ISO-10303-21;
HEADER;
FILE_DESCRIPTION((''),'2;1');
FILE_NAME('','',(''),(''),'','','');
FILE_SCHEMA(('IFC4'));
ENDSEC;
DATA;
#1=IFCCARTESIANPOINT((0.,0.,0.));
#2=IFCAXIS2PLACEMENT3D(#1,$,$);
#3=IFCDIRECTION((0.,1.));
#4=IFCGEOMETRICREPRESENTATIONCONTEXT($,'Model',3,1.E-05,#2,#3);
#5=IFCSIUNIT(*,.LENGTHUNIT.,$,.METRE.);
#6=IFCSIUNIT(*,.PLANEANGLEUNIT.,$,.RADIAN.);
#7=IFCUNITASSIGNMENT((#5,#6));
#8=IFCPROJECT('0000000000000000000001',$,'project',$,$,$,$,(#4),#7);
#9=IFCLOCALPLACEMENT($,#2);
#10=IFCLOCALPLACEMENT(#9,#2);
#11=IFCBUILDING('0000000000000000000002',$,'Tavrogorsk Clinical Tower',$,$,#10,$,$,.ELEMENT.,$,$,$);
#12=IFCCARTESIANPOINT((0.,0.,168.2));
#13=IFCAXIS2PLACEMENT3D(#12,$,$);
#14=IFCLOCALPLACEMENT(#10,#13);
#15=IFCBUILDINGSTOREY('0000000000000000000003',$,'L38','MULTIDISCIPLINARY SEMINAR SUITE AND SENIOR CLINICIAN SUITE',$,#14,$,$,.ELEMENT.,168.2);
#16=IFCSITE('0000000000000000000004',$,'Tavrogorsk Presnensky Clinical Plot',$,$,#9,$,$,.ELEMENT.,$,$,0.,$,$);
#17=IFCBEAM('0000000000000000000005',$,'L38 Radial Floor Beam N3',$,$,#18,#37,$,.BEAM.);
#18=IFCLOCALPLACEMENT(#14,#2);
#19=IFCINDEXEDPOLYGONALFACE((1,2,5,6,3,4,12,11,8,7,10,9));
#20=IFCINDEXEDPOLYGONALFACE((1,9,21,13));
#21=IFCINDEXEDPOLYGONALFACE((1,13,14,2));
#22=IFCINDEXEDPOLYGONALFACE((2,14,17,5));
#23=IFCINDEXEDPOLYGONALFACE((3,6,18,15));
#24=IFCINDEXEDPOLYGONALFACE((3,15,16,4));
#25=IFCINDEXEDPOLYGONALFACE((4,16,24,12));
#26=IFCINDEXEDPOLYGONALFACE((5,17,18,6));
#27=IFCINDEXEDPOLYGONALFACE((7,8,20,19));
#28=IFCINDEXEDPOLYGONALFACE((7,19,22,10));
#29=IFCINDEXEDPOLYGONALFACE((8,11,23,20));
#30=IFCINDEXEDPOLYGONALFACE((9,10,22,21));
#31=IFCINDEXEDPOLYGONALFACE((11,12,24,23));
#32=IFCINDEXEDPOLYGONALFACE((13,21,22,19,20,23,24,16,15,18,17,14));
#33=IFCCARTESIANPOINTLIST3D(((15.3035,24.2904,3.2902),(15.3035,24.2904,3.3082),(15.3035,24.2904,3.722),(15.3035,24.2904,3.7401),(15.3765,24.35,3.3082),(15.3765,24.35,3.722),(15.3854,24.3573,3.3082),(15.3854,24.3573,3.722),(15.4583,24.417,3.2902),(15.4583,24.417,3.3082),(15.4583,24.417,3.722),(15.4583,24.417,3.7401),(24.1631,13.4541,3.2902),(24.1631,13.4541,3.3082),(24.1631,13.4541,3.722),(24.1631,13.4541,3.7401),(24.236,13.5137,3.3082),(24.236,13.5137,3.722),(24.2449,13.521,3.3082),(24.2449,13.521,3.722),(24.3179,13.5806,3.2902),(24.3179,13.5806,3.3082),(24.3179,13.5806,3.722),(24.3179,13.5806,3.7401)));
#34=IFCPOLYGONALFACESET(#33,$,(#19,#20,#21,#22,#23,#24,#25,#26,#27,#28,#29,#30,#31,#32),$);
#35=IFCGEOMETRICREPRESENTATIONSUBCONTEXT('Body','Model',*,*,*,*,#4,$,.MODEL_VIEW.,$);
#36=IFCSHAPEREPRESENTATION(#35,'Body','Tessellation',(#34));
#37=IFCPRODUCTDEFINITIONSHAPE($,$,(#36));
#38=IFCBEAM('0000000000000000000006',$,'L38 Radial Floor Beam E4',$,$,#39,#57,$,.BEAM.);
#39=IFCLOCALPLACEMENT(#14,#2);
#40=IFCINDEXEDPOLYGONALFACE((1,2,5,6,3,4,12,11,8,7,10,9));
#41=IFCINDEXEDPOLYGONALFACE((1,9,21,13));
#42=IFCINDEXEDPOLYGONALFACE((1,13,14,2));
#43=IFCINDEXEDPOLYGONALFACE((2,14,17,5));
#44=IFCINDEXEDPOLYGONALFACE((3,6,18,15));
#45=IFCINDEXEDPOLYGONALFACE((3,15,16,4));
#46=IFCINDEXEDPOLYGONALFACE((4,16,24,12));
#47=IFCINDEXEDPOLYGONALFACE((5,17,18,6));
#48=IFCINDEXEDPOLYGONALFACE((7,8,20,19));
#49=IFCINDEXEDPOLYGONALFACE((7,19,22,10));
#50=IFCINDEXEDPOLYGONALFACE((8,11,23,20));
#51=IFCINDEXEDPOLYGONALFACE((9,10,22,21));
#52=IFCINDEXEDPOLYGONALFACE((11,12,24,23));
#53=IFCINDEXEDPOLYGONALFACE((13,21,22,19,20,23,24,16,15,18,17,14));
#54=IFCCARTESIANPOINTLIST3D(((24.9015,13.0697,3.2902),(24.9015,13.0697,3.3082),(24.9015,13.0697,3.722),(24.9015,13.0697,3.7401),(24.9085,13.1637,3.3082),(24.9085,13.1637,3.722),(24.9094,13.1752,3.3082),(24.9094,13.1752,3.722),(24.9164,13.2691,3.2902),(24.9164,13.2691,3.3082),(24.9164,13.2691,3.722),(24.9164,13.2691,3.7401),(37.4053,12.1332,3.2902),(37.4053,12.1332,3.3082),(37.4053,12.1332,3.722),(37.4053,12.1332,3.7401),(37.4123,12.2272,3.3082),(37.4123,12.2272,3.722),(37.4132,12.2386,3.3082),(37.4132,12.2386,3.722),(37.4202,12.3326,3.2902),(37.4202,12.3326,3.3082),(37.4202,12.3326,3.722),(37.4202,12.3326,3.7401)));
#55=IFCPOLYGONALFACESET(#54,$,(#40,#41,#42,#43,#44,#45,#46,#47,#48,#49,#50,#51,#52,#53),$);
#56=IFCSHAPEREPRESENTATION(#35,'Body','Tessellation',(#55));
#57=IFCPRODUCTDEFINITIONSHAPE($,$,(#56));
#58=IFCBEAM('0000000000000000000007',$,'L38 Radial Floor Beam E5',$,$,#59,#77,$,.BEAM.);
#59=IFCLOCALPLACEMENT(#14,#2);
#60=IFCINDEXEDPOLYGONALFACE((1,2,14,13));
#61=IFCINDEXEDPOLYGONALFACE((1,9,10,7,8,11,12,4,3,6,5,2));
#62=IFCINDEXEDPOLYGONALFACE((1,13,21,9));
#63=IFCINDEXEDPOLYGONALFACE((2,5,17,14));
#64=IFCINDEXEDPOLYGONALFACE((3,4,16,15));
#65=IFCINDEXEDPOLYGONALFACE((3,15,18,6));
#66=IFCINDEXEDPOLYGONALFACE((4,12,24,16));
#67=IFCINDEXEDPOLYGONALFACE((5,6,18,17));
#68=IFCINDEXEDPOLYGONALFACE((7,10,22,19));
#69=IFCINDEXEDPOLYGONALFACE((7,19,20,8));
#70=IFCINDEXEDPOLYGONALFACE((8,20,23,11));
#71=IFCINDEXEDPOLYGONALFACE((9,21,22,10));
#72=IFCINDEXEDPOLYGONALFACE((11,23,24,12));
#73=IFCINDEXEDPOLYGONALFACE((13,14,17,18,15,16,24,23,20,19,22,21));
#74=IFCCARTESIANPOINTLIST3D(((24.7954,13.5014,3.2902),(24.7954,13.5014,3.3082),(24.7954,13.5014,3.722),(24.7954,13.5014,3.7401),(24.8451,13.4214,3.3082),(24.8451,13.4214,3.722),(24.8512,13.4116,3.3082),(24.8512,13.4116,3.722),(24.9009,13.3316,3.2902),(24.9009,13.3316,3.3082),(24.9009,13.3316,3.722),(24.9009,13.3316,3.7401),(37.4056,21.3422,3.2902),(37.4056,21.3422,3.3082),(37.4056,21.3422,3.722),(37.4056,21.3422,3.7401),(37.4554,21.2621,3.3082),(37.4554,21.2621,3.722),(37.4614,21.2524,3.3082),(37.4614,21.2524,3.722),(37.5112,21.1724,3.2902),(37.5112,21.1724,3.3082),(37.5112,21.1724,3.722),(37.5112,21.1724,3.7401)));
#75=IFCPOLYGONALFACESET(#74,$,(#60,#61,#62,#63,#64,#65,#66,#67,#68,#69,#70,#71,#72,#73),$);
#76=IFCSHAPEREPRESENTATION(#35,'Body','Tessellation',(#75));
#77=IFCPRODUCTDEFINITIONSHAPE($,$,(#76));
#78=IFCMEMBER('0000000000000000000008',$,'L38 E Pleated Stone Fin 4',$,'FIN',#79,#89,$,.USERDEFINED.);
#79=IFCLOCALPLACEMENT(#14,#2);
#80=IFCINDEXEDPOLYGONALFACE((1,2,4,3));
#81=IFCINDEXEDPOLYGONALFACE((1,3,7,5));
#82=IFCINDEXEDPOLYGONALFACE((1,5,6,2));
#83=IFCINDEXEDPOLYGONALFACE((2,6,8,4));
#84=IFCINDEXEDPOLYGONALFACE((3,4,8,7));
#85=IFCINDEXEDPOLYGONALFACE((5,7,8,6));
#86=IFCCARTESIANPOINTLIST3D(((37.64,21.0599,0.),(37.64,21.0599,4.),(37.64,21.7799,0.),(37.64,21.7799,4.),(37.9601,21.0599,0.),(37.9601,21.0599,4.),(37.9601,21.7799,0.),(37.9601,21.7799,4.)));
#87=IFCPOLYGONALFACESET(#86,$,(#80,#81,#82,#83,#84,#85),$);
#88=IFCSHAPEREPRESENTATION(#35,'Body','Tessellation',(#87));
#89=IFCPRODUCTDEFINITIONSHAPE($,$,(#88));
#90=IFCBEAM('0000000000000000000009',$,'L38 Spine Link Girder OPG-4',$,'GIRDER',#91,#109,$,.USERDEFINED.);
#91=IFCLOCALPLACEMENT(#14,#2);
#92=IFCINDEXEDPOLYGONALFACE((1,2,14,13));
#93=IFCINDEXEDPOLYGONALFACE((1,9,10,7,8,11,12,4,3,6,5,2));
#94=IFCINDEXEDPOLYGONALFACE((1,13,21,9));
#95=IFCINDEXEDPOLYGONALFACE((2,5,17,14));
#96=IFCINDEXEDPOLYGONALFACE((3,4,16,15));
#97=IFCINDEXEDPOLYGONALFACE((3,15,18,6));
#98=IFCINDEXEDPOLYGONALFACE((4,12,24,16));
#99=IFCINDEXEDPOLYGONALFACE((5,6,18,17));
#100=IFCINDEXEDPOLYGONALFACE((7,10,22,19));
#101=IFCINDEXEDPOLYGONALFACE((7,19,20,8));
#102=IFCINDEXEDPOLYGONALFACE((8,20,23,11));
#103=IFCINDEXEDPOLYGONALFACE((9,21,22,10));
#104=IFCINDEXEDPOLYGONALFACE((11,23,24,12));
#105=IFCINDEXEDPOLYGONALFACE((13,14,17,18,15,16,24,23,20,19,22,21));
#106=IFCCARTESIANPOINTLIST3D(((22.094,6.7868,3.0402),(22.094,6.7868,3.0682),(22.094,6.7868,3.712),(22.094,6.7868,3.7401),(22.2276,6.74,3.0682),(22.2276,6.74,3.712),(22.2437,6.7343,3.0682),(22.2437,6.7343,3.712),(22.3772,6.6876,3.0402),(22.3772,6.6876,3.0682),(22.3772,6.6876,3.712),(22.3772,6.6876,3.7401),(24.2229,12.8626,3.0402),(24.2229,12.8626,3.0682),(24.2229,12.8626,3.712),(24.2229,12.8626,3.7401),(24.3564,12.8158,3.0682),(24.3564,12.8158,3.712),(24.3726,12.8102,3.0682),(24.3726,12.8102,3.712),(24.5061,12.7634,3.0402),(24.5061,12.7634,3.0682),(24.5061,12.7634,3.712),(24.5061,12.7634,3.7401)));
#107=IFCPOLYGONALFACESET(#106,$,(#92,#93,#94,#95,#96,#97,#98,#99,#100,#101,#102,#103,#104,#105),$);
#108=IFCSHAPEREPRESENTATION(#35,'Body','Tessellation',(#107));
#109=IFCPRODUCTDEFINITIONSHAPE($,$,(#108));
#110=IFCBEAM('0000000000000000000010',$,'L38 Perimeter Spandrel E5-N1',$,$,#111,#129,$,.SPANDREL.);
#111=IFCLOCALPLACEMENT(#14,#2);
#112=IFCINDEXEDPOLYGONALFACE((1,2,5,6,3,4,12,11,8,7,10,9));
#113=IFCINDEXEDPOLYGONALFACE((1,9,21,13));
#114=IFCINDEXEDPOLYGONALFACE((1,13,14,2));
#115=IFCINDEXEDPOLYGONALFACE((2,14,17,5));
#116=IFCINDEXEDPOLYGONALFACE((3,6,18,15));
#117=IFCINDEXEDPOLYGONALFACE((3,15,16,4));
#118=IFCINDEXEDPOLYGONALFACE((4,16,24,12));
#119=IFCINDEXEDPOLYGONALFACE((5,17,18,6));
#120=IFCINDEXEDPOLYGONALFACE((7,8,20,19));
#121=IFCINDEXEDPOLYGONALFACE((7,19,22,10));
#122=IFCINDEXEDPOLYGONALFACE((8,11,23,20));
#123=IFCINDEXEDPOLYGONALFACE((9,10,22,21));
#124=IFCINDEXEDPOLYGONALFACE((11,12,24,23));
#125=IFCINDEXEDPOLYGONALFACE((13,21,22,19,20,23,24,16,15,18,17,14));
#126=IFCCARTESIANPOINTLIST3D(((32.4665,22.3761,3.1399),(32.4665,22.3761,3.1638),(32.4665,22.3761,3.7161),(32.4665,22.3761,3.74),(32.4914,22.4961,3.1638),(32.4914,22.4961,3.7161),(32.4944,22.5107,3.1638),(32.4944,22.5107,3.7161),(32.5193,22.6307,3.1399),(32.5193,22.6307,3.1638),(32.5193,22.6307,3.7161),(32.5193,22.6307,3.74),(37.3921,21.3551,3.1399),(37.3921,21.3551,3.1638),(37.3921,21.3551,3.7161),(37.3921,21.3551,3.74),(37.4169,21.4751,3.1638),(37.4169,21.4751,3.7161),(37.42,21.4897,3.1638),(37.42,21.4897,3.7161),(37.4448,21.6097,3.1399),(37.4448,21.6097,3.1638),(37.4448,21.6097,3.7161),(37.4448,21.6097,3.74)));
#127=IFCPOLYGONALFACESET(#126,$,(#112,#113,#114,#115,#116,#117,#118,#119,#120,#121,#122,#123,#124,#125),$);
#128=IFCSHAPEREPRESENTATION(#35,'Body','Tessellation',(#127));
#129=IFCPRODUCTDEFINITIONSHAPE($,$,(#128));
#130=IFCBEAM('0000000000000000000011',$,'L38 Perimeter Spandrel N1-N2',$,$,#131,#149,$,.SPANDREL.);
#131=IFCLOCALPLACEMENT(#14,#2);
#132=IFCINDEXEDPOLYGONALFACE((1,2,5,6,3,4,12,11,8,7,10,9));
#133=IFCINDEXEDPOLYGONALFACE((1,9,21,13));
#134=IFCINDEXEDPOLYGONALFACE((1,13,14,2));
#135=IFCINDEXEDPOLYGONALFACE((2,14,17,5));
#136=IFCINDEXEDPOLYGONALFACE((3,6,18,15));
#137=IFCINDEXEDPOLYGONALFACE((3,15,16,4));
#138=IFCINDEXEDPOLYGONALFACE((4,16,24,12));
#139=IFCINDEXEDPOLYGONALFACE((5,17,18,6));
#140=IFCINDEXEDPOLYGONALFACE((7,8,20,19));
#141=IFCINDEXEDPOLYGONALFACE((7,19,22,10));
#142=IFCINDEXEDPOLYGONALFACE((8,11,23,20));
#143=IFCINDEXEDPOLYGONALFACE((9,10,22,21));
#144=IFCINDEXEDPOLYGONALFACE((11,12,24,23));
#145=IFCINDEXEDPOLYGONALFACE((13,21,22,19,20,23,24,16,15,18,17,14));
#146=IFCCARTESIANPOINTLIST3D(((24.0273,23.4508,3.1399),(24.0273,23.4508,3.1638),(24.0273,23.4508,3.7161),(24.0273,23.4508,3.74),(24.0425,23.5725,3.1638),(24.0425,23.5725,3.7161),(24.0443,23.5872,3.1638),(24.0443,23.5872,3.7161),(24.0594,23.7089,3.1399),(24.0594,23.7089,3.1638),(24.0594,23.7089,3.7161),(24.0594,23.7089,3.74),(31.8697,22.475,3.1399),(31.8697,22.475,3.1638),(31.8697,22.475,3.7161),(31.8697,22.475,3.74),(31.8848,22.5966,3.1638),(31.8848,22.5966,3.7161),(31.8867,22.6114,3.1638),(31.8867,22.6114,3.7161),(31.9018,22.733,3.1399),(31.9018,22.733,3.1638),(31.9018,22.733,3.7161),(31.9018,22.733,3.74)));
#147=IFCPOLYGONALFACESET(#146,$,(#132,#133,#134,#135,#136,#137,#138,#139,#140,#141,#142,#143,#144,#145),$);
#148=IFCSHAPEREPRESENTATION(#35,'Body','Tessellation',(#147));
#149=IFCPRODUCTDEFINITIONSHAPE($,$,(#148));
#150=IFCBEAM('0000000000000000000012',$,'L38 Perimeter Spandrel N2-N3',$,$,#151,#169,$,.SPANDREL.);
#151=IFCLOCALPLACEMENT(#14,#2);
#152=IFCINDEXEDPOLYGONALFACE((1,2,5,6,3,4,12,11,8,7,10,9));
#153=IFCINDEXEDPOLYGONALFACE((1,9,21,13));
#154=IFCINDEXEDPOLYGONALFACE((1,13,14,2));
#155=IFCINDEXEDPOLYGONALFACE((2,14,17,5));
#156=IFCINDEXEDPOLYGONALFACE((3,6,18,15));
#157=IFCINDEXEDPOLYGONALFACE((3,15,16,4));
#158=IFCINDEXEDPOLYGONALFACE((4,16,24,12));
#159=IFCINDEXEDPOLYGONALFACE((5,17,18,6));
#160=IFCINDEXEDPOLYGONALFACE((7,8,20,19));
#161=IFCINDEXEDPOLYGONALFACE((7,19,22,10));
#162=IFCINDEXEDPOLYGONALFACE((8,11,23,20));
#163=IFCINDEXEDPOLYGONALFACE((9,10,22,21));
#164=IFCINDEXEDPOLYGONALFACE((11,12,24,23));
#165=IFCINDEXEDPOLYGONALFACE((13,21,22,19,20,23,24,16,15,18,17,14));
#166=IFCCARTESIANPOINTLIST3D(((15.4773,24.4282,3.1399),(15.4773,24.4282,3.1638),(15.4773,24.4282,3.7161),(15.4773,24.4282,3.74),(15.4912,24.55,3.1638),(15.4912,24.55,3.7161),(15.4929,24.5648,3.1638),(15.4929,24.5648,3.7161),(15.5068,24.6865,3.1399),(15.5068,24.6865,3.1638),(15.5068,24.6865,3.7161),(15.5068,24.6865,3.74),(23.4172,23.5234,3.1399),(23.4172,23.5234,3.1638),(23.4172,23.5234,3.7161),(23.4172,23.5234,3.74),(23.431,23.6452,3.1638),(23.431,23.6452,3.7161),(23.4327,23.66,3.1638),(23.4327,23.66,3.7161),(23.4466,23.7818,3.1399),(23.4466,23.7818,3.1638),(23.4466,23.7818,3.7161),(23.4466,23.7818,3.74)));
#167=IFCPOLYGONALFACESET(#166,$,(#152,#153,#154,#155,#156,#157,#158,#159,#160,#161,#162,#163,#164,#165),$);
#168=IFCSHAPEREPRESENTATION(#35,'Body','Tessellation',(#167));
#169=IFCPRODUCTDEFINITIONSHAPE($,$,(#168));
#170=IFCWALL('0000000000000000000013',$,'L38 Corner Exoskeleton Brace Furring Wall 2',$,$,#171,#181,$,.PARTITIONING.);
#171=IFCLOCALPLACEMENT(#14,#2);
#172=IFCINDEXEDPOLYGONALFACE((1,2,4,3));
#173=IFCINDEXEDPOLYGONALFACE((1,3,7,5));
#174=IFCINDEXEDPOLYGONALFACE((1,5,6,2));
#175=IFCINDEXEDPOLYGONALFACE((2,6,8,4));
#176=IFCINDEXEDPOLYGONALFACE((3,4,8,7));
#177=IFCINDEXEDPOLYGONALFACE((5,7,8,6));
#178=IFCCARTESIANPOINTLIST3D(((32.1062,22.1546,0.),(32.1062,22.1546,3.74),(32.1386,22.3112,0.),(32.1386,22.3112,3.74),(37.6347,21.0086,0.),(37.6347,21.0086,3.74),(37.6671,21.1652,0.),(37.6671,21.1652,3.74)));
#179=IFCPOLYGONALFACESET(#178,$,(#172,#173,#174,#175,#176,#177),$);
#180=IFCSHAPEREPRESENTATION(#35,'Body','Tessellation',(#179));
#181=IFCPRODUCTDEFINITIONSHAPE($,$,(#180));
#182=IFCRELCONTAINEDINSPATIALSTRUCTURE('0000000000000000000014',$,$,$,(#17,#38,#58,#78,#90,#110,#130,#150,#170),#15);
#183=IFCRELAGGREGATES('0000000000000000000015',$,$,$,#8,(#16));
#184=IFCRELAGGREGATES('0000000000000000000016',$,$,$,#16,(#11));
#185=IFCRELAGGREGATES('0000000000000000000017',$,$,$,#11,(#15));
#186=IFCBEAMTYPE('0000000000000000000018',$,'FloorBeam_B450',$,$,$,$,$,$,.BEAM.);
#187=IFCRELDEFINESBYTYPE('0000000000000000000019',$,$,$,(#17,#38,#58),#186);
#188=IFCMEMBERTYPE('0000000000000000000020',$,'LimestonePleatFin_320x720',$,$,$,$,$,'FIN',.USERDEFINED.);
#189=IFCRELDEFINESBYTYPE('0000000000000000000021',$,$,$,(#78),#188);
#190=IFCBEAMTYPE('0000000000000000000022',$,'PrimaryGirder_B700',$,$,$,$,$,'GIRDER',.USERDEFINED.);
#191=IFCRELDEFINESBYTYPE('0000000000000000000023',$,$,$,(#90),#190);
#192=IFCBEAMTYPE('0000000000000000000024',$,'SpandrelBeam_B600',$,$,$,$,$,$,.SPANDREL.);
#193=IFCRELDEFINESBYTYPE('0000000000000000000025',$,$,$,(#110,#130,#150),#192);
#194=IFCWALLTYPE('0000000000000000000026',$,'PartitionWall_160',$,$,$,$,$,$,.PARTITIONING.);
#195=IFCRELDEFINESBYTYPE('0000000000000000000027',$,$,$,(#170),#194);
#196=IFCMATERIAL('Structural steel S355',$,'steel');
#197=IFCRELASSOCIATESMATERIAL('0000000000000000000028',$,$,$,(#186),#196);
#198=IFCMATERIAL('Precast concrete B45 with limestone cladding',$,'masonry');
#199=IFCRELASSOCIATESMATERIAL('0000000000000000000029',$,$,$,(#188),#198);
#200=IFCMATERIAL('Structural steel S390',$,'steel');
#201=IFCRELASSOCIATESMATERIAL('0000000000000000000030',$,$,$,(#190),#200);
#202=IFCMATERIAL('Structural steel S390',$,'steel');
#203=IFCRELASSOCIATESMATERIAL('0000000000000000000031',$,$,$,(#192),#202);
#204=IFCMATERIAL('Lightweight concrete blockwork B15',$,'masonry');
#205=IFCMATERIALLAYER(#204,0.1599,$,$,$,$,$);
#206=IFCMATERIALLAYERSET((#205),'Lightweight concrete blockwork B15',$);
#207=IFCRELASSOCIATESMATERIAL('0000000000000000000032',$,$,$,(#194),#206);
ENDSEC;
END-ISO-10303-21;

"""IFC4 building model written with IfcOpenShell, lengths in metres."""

from ifc_helpers import new_model, si_unit, direction, frame, frame_2d, origin, origin_2d, place, context, subcontext, project, spatial, rectangle, i_section, extrude, material, layer, layer_set, material_profile, profile_set, type_object, element, save


model = new_model("IFC4")

# Units and contexts
model_context = context("Model", 3, precision=1e-05, world=origin(), true_north=direction((0.0, 1.0)))
body_context = subcontext(model_context, "Body", "Model", "MODEL_VIEW")
ifc_project = project(units=[si_unit("LENGTHUNIT", "METRE"), si_unit("PLANEANGLEUNIT", "RADIAN")], contexts=[model_context])

# Site, building, storey
site_placement = place(None, origin())
site = spatial("IfcSite", under=ifc_project, at=site_placement, Name="Tavrogorsk Presnensky Clinical Plot", CompositionType="ELEMENT", RefElevation=0.0)
building_placement = place(site_placement, origin())
building = spatial("IfcBuilding", under=site, at=building_placement, Name="Tavrogorsk Clinical Tower", CompositionType="ELEMENT")
storey_placement = place(building_placement, frame((0.0, 0.0, 168.2)))
storey = spatial("IfcBuildingStorey", under=building, at=storey_placement, Name="L38", Description="MULTIDISCIPLINARY SEMINAR SUITE AND SENIOR CLINICIAN SUITE", CompositionType="ELEMENT", Elevation=168.2)

# Beams
ifc_material_1 = material(Name="Structural steel S355", Category="steel")
ifc_material_profile_1 = material_profile(ifc_material_1, i_section(OverallWidth=0.2, OverallDepth=0.45, WebThickness=0.0115, FlangeThickness=0.0181, at=origin_2d()), Name="B-450x200x11.5x18")
ifc_profile_set_1 = profile_set([ifc_material_profile_1], Name="Structural steel S355")
beam_type_1 = type_object("IfcBeamType", Name="FloorBeam_B450", PredefinedType="BEAM", material=ifc_profile_set_1)
beam_1_placement = place(storey_placement, frame((24.2405, 13.5173, 3.5151), z_axis=(-0.632958, 0.774187, 0.0), x_axis=(-0.774187, -0.632958, 0.0)))
element("IfcBeam", 1, at=beam_1_placement, inside=storey, type_object=beam_type_1, Name="L38 Radial Floor Beam N3", PredefinedType="BEAM", context=body_context, shape_type="SweptSolid", body=[
    extrude(i_section(OverallWidth=0.2, OverallDepth=0.45, WebThickness=0.0115, FlangeThickness=0.0181, at=origin_2d()), origin(), (0.0, 0.0, 1.0), 13.9971),
])
beam_2_placement = place(storey_placement, frame((24.9089, 13.1694, 3.5151), z_axis=(0.997207, -0.074689, 0.0), x_axis=(0.074689, 0.997207, 0.0)))
element("IfcBeam", 2, at=beam_2_placement, inside=storey, type_object=beam_type_1, Name="L38 Radial Floor Beam E4", PredefinedType="BEAM", context=body_context, shape_type="SweptSolid", body=[
    extrude(i_section(OverallWidth=0.2, OverallDepth=0.45, WebThickness=0.0115, FlangeThickness=0.0181, at=origin_2d()), origin(), (0.0, 0.0, 1.0), 12.5388),
])
beam_3_placement = place(storey_placement, frame((24.8481, 13.4165, 3.5151), z_axis=(0.849226, 0.528029, 0.0), x_axis=(-0.528029, 0.849226, 0.0)))
element("IfcBeam", 3, at=beam_3_placement, inside=storey, type_object=beam_type_1, Name="L38 Radial Floor Beam E5", PredefinedType="BEAM", context=body_context, shape_type="SweptSolid", body=[
    extrude(i_section(OverallWidth=0.2, OverallDepth=0.45, WebThickness=0.0115, FlangeThickness=0.0181, at=origin_2d()), origin(), (0.0, 0.0, 1.0), 14.8491),
])

# Member
ifc_material_2 = material(Name="Precast concrete B45 with limestone cladding", Category="masonry")
ifc_material_profile_2 = material_profile(ifc_material_2, rectangle(XDim=0.3201, YDim=0.72, at=origin_2d()), Name="LIMESTONE-FIN-320x720")
ifc_profile_set_2 = profile_set([ifc_material_profile_2], Name="Precast concrete B45 with limestone cladding")
member_type_1 = type_object("IfcMemberType", Name="LimestonePleatFin_320x720", ElementType="FIN", PredefinedType="USERDEFINED", material=ifc_profile_set_2)
member_1_placement = place(storey_placement, frame((37.8, 21.4199, 0.0), z_axis=(0.0, 0.0, 1.0), x_axis=(1.0, 0.0, 0.0)))
element("IfcMember", 4, at=member_1_placement, inside=storey, type_object=member_type_1, Name="L38 E Pleated Stone Fin 4", ObjectType="FIN", PredefinedType="USERDEFINED", context=body_context, shape_type="SweptSolid", body=[
    extrude(rectangle(XDim=0.3201, YDim=0.72, at=origin_2d()), origin(), (0.0, 0.0, 1.0), 4.0),
])

# Beams
ifc_material_3 = material(Name="Structural steel S390", Category="steel")
ifc_material_profile_3 = material_profile(ifc_material_3, i_section(OverallWidth=0.3, OverallDepth=0.7, WebThickness=0.0171, FlangeThickness=0.0281, at=origin_2d()), Name="B-700x300x17x28")
ifc_profile_set_3 = profile_set([ifc_material_profile_3], Name="Structural steel S390")
beam_type_2 = type_object("IfcBeamType", Name="PrimaryGirder_B700", ElementType="GIRDER", PredefinedType="USERDEFINED", material=ifc_profile_set_3)
beam_4_placement = place(storey_placement, frame((24.3645, 12.813, 3.3901), z_axis=(-0.330673, -0.943745, 0.0), x_axis=(0.943745, -0.330673, 0.0)))
element("IfcBeam", 5, at=beam_4_placement, inside=storey, type_object=beam_type_2, Name="L38 Spine Link Girder OPG-4", ObjectType="GIRDER", PredefinedType="USERDEFINED", context=body_context, shape_type="SweptSolid", body=[
    extrude(i_section(OverallWidth=0.3, OverallDepth=0.7, WebThickness=0.0171, FlangeThickness=0.0281, at=origin_2d()), origin(), (0.0, 0.0, 1.0), 6.438),
])
ifc_material_4 = material(Name="Structural steel S390", Category="steel")
ifc_material_profile_4 = material_profile(ifc_material_4, i_section(OverallWidth=0.26, OverallDepth=0.6001, WebThickness=0.0149, FlangeThickness=0.0239, at=origin_2d()), Name="B-600x260x15x24")
ifc_profile_set_4 = profile_set([ifc_material_profile_4], Name="Structural steel S390")
beam_type_3 = type_object("IfcBeamType", Name="SpandrelBeam_B600", PredefinedType="SPANDREL", material=ifc_profile_set_4)
beam_5_placement = place(storey_placement, frame((37.4185, 21.4824, 3.4399), z_axis=(-0.979185, 0.202972, 0.0), x_axis=(-0.202972, -0.979185, 0.0)))
element("IfcBeam", 6, at=beam_5_placement, inside=storey, type_object=beam_type_3, Name="L38 Perimeter Spandrel E5-N1", PredefinedType="SPANDREL", context=body_context, shape_type="SweptSolid", body=[
    extrude(i_section(OverallWidth=0.26, OverallDepth=0.6001, WebThickness=0.0149, FlangeThickness=0.0239, at=origin_2d()), origin(), (0.0, 0.0, 1.0), 5.0303),
])
beam_6_placement = place(storey_placement, frame((31.8857, 22.604, 3.4399), z_axis=(-0.992347, 0.12348, 0.0), x_axis=(-0.12348, -0.992347, 0.0)))
element("IfcBeam", 7, at=beam_6_placement, inside=storey, type_object=beam_type_3, Name="L38 Perimeter Spandrel N1-N2", PredefinedType="SPANDREL", context=body_context, shape_type="SweptSolid", body=[
    extrude(i_section(OverallWidth=0.26, OverallDepth=0.6001, WebThickness=0.0149, FlangeThickness=0.0239, at=origin_2d()), origin(), (0.0, 0.0, 1.0), 7.9028),
])
beam_7_placement = place(storey_placement, frame((23.4319, 23.6526, 3.4399), z_axis=(-0.99357, 0.113221, 0.0), x_axis=(-0.113221, -0.99357, 0.0)))
element("IfcBeam", 8, at=beam_7_placement, inside=storey, type_object=beam_type_3, Name="L38 Perimeter Spandrel N2-N3", PredefinedType="SPANDREL", context=body_context, shape_type="SweptSolid", body=[
    extrude(i_section(OverallWidth=0.26, OverallDepth=0.6001, WebThickness=0.0149, FlangeThickness=0.0239, at=origin_2d()), origin(), (0.0, 0.0, 1.0), 7.9912),
])

# Wall
ifc_material_5 = material(Name="Lightweight concrete blockwork B15", Category="masonry")
ifc_layer_1 = layer(ifc_material_5, 0.1599)
ifc_layer_set_1 = layer_set([ifc_layer_1], Name="Lightweight concrete blockwork B15")
wall_type_1 = type_object("IfcWallType", Name="PartitionWall_160", PredefinedType="PARTITIONING", material=ifc_layer_set_1)
wall_1_placement = place(storey_placement, frame((37.6509, 21.0869, 0.0), z_axis=(0.0, 0.0, 1.0), x_axis=(-0.979185, 0.202972, 0.0)))
element("IfcWall", 9, at=wall_1_placement, inside=storey, type_object=wall_type_1, Name="L38 Corner Exoskeleton Brace Furring Wall 2", PredefinedType="PARTITIONING", context=body_context, shape_type="SweptSolid", body=[
    extrude(rectangle(XDim=5.646, YDim=0.1599, at=frame_2d((2.823, 0.0))), origin(), (0.0, 0.0, 1.0), 3.74),
])

save(model, "model.ifc")
